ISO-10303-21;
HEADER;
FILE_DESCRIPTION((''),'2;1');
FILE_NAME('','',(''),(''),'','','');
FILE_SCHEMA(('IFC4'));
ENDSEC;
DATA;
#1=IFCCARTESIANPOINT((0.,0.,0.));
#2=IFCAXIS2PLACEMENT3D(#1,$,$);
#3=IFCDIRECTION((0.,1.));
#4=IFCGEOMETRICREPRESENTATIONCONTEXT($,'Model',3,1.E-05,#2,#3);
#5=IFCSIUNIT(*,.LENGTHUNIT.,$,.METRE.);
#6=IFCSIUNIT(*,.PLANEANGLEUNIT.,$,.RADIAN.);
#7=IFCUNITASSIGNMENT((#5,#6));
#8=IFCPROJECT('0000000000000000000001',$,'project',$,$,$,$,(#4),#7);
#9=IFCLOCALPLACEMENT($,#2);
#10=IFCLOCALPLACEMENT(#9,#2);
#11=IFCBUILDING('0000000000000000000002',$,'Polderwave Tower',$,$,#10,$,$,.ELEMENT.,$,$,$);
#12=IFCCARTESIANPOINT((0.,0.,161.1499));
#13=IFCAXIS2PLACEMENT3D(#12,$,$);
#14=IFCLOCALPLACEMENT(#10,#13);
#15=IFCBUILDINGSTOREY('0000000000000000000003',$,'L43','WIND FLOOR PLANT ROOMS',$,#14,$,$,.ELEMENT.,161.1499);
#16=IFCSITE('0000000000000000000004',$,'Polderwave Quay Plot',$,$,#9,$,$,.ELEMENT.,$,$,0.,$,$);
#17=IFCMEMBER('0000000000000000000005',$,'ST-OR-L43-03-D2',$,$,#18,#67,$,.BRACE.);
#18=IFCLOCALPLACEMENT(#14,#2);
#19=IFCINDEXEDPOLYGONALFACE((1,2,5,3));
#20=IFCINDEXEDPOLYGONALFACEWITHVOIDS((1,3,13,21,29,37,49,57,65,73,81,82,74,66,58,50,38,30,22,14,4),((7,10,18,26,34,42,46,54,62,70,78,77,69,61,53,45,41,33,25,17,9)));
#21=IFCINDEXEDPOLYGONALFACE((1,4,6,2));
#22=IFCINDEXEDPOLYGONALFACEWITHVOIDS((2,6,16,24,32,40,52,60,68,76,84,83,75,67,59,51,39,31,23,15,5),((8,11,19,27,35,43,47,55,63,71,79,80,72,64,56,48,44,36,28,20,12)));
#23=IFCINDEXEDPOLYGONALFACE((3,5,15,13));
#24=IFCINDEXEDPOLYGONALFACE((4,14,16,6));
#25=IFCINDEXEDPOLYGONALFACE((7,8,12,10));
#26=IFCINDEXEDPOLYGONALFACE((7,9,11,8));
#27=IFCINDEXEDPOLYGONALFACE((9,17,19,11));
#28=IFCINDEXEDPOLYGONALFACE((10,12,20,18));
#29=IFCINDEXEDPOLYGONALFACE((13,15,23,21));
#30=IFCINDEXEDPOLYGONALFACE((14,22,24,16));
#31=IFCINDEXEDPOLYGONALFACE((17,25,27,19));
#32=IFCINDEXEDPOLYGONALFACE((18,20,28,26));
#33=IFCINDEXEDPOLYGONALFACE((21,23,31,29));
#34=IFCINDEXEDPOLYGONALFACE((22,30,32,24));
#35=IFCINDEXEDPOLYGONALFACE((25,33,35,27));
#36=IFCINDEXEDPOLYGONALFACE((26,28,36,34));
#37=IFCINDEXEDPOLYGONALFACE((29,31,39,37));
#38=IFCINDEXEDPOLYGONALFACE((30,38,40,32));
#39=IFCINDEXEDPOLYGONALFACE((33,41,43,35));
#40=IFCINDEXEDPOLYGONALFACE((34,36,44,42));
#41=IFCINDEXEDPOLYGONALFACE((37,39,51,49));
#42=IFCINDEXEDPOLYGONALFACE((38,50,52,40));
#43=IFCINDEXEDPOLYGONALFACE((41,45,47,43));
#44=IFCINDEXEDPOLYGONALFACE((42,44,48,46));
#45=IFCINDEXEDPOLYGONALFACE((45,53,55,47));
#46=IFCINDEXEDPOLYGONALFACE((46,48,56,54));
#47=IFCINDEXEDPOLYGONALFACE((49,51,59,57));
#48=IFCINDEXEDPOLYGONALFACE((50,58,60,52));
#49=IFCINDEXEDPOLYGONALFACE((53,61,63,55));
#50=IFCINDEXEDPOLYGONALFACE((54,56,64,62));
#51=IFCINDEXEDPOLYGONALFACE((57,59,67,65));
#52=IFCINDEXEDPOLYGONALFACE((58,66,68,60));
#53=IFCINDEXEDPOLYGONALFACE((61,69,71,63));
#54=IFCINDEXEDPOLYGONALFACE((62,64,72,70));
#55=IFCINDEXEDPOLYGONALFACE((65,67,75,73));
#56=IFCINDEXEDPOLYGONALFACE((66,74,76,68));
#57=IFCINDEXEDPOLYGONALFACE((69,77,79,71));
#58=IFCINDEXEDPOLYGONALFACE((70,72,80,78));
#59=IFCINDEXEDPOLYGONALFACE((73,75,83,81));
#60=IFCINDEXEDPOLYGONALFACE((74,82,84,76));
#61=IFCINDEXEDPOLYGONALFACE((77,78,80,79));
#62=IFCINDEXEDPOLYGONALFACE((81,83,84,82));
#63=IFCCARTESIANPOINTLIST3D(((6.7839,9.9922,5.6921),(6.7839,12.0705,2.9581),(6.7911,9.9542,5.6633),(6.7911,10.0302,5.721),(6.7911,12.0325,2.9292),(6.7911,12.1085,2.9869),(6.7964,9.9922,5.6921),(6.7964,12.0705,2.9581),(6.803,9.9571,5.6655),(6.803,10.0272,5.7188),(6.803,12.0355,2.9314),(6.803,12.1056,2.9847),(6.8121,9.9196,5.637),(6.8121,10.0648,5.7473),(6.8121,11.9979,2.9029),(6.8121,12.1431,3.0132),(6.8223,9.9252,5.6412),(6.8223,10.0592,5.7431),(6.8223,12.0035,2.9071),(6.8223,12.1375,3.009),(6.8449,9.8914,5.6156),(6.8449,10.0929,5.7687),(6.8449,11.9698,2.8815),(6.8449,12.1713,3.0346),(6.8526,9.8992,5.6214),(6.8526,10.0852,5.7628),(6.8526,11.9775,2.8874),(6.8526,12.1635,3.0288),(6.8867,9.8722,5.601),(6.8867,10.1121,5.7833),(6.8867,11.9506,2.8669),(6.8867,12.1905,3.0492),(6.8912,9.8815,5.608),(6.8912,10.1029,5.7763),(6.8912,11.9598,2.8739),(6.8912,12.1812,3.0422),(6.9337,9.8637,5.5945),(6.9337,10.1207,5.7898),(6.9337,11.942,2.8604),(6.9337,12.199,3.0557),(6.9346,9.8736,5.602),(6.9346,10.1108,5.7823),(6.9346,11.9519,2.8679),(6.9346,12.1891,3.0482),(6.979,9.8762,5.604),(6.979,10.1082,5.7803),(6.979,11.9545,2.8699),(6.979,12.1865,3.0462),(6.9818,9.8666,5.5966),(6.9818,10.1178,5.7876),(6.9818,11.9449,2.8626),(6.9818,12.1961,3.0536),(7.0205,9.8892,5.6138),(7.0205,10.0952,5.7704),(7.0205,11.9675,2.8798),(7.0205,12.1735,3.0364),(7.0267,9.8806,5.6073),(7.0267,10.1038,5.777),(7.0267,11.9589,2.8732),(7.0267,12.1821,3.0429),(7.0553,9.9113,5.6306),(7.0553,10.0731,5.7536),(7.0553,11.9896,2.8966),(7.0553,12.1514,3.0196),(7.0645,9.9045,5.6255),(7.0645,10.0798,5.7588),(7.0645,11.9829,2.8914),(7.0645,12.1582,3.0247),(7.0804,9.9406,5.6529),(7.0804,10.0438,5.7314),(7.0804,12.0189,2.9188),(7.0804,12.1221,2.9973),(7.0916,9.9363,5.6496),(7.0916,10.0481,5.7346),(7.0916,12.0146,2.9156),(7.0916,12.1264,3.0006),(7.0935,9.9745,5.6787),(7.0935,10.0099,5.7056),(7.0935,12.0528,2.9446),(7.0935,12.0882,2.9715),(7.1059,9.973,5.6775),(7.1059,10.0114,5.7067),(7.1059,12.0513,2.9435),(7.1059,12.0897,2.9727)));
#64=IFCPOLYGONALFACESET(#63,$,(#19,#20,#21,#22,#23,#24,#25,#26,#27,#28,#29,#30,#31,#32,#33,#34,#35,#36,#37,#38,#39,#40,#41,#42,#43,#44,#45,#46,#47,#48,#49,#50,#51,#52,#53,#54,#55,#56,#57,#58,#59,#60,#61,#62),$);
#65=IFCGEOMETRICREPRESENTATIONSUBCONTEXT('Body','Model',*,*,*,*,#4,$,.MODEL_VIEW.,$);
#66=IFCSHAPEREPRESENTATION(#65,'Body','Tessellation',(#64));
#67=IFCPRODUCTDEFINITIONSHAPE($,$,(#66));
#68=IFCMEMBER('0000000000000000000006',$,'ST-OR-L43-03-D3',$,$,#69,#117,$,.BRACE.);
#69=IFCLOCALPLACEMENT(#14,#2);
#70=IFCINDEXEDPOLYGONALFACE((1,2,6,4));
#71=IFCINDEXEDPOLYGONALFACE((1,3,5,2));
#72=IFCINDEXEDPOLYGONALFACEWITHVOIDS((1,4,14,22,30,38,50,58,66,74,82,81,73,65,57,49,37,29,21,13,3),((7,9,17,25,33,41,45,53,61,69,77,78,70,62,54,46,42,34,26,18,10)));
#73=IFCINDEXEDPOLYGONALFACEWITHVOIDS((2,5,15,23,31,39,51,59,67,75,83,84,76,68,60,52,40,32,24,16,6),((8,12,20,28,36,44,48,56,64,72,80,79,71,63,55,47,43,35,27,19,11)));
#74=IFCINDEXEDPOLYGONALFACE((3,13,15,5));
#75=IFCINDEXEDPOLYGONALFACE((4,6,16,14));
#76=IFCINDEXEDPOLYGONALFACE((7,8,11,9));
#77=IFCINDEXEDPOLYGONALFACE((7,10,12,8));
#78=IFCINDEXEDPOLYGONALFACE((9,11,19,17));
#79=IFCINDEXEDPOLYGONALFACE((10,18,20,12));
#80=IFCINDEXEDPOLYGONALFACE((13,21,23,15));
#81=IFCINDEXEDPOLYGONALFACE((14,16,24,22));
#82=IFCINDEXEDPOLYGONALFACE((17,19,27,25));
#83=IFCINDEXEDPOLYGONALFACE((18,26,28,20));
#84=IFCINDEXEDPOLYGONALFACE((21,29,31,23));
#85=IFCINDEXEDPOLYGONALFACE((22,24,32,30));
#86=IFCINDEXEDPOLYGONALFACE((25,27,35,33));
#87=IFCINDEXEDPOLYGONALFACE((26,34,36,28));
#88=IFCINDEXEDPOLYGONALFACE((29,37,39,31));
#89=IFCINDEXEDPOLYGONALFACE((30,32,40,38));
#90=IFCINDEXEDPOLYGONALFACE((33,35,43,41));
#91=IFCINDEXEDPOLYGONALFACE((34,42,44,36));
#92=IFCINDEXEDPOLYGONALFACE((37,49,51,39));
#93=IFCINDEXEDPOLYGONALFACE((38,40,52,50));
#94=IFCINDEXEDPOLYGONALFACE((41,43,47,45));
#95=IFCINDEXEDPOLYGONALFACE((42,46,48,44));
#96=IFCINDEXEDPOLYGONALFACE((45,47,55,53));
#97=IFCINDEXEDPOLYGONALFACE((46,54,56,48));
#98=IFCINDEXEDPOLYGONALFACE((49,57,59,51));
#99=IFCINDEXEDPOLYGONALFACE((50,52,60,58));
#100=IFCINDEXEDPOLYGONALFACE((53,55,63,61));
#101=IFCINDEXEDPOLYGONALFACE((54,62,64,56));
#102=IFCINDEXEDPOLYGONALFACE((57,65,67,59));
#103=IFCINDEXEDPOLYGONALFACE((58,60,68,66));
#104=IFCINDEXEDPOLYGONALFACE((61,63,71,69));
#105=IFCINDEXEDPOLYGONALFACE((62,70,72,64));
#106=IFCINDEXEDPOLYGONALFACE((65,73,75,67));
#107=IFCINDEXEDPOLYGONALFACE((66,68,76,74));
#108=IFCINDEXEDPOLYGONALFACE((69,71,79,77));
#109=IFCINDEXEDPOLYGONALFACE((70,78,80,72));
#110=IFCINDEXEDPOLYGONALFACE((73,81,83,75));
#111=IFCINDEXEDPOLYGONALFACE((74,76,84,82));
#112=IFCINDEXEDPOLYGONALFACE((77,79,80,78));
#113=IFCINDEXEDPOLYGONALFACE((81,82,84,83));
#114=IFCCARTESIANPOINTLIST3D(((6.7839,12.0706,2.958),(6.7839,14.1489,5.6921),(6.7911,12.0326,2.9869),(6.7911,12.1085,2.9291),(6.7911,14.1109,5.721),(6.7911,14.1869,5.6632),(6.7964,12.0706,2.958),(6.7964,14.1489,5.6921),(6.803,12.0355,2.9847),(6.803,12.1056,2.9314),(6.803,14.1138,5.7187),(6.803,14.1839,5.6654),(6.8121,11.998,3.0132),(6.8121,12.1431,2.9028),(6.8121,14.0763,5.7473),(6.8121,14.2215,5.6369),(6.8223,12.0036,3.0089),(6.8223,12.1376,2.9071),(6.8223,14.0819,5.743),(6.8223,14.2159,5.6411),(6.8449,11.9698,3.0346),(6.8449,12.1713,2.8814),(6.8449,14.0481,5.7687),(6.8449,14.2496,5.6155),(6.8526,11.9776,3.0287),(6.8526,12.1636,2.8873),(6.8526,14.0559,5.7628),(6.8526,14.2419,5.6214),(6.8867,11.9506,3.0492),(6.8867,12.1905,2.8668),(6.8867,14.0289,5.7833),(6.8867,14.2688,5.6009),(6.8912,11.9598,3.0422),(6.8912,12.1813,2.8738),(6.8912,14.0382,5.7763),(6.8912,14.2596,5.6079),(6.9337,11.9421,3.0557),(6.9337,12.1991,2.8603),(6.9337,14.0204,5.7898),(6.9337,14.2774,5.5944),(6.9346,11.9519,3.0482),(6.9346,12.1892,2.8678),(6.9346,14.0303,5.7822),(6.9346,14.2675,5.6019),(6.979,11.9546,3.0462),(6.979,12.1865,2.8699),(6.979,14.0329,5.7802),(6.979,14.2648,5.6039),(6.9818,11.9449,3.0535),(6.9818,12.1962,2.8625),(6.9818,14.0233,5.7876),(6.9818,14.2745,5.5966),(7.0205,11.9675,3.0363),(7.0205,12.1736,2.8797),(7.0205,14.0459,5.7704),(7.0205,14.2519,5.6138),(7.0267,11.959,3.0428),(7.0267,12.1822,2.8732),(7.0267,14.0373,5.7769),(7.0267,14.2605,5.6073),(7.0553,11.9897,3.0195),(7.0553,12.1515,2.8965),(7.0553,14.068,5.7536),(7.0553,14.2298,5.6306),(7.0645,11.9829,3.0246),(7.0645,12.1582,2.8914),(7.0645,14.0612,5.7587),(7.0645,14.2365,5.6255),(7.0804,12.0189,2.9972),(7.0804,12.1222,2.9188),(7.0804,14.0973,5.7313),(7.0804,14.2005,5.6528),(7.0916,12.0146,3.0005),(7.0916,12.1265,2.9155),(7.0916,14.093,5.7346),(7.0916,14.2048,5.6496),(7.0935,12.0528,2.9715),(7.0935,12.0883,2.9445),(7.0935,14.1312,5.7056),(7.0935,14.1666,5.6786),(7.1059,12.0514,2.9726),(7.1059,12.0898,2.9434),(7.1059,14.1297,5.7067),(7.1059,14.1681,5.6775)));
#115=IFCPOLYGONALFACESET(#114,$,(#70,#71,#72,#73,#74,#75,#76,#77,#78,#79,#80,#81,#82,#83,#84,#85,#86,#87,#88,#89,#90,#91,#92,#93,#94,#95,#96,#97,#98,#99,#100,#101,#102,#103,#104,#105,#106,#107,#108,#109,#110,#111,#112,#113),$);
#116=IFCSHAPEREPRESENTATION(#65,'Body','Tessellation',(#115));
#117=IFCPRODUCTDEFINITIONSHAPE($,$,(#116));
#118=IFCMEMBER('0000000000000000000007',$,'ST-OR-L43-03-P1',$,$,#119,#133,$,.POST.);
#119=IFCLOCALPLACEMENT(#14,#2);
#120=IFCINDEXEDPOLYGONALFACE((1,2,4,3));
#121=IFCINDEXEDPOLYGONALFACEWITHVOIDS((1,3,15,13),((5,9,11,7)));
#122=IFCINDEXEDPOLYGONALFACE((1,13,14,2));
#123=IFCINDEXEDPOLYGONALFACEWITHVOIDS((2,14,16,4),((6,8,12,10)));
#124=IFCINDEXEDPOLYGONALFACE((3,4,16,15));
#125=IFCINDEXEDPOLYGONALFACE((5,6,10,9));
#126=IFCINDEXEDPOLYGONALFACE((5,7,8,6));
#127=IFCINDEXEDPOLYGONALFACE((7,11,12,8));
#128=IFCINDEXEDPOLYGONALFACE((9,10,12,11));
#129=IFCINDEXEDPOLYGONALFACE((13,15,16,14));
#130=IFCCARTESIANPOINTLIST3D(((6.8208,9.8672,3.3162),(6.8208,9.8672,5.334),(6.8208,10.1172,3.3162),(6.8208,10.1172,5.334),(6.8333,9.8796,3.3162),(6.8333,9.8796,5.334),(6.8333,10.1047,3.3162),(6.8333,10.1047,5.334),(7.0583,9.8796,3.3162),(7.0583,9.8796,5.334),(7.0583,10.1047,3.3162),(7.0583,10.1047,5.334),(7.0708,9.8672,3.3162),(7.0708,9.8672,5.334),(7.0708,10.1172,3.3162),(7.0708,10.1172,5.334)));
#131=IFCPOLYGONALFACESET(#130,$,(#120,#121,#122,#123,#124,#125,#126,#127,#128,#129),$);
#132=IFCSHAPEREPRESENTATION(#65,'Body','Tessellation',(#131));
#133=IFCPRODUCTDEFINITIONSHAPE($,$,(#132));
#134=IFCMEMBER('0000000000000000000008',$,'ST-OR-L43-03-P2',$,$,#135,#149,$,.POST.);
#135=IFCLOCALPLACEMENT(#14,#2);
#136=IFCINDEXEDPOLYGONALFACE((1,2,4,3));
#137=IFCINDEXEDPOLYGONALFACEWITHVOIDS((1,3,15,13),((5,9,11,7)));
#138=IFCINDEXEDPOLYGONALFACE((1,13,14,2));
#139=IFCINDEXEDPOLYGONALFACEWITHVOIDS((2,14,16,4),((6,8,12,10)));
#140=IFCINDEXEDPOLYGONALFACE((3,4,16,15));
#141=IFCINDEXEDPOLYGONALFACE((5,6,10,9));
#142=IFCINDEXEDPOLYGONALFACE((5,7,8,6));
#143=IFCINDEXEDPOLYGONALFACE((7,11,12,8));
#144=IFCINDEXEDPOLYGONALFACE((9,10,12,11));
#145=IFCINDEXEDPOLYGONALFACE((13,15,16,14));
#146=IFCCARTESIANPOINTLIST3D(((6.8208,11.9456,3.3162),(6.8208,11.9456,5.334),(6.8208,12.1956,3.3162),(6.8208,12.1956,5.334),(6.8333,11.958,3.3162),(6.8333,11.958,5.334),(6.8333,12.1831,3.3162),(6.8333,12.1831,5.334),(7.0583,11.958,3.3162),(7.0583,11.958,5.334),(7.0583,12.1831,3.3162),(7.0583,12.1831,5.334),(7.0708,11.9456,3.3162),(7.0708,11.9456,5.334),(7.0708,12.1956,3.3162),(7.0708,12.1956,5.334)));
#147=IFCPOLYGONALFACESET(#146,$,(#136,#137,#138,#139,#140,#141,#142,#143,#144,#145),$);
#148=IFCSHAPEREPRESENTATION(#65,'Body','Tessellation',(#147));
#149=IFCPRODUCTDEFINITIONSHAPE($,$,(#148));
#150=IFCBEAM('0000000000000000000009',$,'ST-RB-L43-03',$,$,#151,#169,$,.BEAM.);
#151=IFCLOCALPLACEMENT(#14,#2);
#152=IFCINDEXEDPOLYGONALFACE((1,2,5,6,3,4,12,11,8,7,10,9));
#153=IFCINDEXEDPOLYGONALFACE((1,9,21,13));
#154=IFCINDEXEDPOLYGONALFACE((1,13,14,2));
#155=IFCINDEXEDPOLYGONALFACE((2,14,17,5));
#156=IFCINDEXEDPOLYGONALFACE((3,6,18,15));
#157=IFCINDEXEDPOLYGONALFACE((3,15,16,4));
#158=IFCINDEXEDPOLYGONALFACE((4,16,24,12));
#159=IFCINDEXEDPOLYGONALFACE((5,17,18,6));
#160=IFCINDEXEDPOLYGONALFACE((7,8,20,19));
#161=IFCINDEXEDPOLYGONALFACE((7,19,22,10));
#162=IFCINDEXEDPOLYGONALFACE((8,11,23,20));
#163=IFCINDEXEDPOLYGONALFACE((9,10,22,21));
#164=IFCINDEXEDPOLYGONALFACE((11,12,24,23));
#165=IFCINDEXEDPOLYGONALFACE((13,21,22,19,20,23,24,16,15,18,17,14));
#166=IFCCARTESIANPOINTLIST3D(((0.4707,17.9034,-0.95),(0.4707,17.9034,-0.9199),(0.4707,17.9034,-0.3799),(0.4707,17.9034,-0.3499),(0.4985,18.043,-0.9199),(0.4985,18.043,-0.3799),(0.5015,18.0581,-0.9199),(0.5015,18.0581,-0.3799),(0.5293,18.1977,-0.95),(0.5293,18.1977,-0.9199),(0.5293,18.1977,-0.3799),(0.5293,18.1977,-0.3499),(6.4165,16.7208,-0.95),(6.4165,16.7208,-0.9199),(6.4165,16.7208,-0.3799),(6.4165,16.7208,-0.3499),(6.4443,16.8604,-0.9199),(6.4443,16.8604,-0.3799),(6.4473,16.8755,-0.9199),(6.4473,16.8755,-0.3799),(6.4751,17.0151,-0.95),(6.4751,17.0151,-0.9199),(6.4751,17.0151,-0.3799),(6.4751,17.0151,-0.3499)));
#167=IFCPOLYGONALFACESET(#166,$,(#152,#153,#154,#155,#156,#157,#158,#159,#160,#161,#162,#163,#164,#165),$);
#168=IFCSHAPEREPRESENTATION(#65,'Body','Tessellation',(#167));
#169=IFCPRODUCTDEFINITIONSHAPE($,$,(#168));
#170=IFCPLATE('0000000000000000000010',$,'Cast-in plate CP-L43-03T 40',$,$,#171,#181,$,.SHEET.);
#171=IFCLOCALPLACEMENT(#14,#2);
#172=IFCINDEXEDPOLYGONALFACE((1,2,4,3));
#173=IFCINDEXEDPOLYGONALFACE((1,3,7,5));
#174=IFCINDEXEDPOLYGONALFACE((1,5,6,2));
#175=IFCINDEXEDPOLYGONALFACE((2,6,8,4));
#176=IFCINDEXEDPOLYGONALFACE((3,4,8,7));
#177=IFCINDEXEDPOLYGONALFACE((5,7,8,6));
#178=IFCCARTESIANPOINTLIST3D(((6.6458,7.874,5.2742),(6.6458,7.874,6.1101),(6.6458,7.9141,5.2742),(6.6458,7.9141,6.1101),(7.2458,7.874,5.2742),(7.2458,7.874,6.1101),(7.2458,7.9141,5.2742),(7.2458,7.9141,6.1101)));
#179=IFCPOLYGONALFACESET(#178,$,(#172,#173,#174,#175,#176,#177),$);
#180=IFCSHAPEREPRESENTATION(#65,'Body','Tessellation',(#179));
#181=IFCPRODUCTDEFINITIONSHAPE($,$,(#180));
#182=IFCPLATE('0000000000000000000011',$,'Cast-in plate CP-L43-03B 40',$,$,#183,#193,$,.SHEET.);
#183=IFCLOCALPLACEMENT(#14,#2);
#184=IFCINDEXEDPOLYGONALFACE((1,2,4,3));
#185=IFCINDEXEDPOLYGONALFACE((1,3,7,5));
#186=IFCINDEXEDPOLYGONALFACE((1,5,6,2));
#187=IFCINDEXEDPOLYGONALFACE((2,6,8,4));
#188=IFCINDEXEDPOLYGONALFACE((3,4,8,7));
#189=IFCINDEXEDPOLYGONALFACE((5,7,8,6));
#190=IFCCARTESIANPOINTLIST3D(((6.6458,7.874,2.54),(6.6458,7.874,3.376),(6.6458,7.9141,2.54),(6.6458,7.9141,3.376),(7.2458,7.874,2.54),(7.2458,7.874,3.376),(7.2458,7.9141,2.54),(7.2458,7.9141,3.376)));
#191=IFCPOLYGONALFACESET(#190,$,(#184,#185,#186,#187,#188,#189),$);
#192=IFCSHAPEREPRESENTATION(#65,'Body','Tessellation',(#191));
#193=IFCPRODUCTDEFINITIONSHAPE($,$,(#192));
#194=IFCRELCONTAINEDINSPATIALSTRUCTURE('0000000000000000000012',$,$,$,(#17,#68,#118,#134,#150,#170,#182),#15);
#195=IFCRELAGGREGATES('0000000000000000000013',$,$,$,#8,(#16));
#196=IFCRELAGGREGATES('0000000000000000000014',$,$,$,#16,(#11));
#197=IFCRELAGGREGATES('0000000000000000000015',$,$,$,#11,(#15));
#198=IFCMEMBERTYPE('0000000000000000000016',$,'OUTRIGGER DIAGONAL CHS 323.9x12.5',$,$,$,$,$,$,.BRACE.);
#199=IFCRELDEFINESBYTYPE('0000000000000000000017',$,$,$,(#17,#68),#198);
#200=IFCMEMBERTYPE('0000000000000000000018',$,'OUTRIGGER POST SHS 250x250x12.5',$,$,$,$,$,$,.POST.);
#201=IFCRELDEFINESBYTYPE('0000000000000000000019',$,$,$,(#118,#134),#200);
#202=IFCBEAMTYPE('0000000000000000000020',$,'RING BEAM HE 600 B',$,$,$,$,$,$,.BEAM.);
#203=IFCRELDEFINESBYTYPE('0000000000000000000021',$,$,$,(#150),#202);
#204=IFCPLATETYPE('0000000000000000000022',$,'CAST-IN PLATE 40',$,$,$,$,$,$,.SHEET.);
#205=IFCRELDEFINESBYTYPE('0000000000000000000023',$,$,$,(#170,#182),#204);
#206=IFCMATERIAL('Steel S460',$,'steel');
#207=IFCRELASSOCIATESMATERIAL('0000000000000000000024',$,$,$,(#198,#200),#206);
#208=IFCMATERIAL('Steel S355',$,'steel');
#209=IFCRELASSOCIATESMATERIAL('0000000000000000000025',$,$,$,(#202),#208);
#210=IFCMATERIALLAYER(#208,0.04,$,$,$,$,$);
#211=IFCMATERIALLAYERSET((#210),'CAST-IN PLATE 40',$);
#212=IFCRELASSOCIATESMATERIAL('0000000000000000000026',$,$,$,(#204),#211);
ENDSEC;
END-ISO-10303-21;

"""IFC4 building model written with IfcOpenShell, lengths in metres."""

from ifc_helpers import new_model, si_unit, direction, frame, origin, origin_2d, place, context, subcontext, project, spatial, rectangle, hollow_rectangle, hollow_circle, i_section, extrude, material, layer, layer_set, material_profile, profile_set, type_object, element, save


model = new_model("IFC4")

# Units and contexts
model_context = context("Model", 3, precision=1e-05, world=origin(), true_north=direction((0.0, 1.0)))
body_context = subcontext(model_context, "Body", "Model", "MODEL_VIEW")
ifc_project = project(units=[si_unit("LENGTHUNIT", "METRE"), si_unit("PLANEANGLEUNIT", "RADIAN")], contexts=[model_context])

# Site, building, storey
site_placement = place(None, origin())
site = spatial("IfcSite", under=ifc_project, at=site_placement, Name="Polderwave Quay Plot", CompositionType="ELEMENT", RefElevation=0.0)
building_placement = place(site_placement, origin())
building = spatial("IfcBuilding", under=site, at=building_placement, Name="Polderwave Tower", CompositionType="ELEMENT")
storey_placement = place(building_placement, frame((0.0, 0.0, 161.1499)))
storey = spatial("IfcBuildingStorey", under=building, at=storey_placement, Name="L43", Description="WIND FLOOR PLANT ROOMS", CompositionType="ELEMENT", Elevation=161.1499)

# Members
ifc_material_1 = material(Name="Steel S460", Category="steel")
ifc_material_profile_1 = material_profile(ifc_material_1, hollow_circle(Radius=0.1619, WallThickness=0.0125, at=origin_2d()), Name="CHS 323.9x12.5")
ifc_profile_set_1 = profile_set([ifc_material_profile_1], Name="Steel S460")
member_type_1 = type_object("IfcMemberType", Name="OUTRIGGER DIAGONAL CHS 323.9x12.5", PredefinedType="BRACE", material=ifc_profile_set_1)
for number, where, z_axis, x_axis, name in (
    (1, (6.9458, 9.9922, 5.6921), (0.0, 0.605163, -0.796102), (-1.0, 0.0, 0.0), "ST-OR-L43-03-D2"),
    (2, (6.9458, 12.0706, 2.958), (0.0, 0.605163, 0.796102), (-1.0, 0.0, 0.0), "ST-OR-L43-03-D3"),
):
    element("IfcMember", number, at=place(storey_placement, frame(where, z_axis=z_axis, x_axis=x_axis)), inside=storey, type_object=member_type_1, Name=name, PredefinedType="BRACE", context=body_context, shape_type="SweptSolid", body=[
        extrude(hollow_circle(Radius=0.1619, WallThickness=0.0125, at=origin_2d()), origin(), (0.0, 0.0, 1.0), 3.4343),
    ])
ifc_material_profile_2 = material_profile(ifc_material_1, hollow_rectangle(XDim=0.25, YDim=0.25, WallThickness=0.0125, at=origin_2d()), Name="SHS 250x250x12.5")
ifc_profile_set_2 = profile_set([ifc_material_profile_2], Name="Steel S460")
member_type_2 = type_object("IfcMemberType", Name="OUTRIGGER POST SHS 250x250x12.5", PredefinedType="POST", material=ifc_profile_set_2)
for number, where, z_axis, x_axis, name in (
    (3, (6.9458, 9.9922, 3.3162), (0.0, 0.0, 1.0), (1.0, 0.0, 0.0), "ST-OR-L43-03-P1"),
    (4, (6.9458, 12.0706, 3.3162), (0.0, 0.0, 1.0), (1.0, 0.0, 0.0), "ST-OR-L43-03-P2"),
):
    element("IfcMember", number, at=place(storey_placement, frame(where, z_axis=z_axis, x_axis=x_axis)), inside=storey, type_object=member_type_2, Name=name, PredefinedType="POST", context=body_context, shape_type="SweptSolid", body=[
        extrude(hollow_rectangle(XDim=0.25, YDim=0.25, WallThickness=0.0125, at=origin_2d()), origin(), (0.0, 0.0, 1.0), 2.0178),
    ])

# Beam
ifc_material_2 = material(Name="Steel S355", Category="steel")
ifc_material_profile_3 = material_profile(ifc_material_2, i_section(OverallWidth=0.3, OverallDepth=0.6001, WebThickness=0.0154, FlangeThickness=0.03, at=origin_2d()), Name="HE 600 B")
ifc_profile_set_3 = profile_set([ifc_material_profile_3], Name="Steel S355")
beam_type = type_object("IfcBeamType", Name="RING BEAM HE 600 B", PredefinedType="BEAM", material=ifc_profile_set_3)
beam_placement = place(storey_placement, frame((6.4458, 16.8679, -0.6499), z_axis=(-0.980788, 0.195078, 0.0), x_axis=(-0.195078, -0.980788, 0.0)))
element("IfcBeam", 5, at=beam_placement, inside=storey, type_object=beam_type, Name="ST-RB-L43-03", PredefinedType="BEAM", context=body_context, shape_type="SweptSolid", body=[
    extrude(i_section(OverallWidth=0.3, OverallDepth=0.6001, WebThickness=0.0154, FlangeThickness=0.03, at=origin_2d()), origin(), (0.0, 0.0, 1.0), 6.0623),
])

# Plates
ifc_layer_1 = layer(ifc_material_2, 0.04)
ifc_layer_set_1 = layer_set([ifc_layer_1], Name="CAST-IN PLATE 40")
plate_type = type_object("IfcPlateType", Name="CAST-IN PLATE 40", PredefinedType="SHEET", material=ifc_layer_set_1)
for number, where, z_axis, x_axis, name in (
    (6, (6.9458, 7.894, 5.2742), (0.0, 0.0, 1.0), (0.0, 1.0, 0.0), "Cast-in plate CP-L43-03T 40"),
    (7, (6.9458, 7.894, 2.54), (0.0, 0.0, 1.0), (0.0, 1.0, 0.0), "Cast-in plate CP-L43-03B 40"),
):
    element("IfcPlate", number, at=place(storey_placement, frame(where, z_axis=z_axis, x_axis=x_axis)), inside=storey, type_object=plate_type, Name=name, PredefinedType="SHEET", context=body_context, shape_type="SweptSolid", body=[
        extrude(rectangle(XDim=0.04, YDim=0.6001, at=origin_2d()), origin(), (0.0, 0.0, 1.0), 0.8359),
    ])

save(model, "model.ifc")
